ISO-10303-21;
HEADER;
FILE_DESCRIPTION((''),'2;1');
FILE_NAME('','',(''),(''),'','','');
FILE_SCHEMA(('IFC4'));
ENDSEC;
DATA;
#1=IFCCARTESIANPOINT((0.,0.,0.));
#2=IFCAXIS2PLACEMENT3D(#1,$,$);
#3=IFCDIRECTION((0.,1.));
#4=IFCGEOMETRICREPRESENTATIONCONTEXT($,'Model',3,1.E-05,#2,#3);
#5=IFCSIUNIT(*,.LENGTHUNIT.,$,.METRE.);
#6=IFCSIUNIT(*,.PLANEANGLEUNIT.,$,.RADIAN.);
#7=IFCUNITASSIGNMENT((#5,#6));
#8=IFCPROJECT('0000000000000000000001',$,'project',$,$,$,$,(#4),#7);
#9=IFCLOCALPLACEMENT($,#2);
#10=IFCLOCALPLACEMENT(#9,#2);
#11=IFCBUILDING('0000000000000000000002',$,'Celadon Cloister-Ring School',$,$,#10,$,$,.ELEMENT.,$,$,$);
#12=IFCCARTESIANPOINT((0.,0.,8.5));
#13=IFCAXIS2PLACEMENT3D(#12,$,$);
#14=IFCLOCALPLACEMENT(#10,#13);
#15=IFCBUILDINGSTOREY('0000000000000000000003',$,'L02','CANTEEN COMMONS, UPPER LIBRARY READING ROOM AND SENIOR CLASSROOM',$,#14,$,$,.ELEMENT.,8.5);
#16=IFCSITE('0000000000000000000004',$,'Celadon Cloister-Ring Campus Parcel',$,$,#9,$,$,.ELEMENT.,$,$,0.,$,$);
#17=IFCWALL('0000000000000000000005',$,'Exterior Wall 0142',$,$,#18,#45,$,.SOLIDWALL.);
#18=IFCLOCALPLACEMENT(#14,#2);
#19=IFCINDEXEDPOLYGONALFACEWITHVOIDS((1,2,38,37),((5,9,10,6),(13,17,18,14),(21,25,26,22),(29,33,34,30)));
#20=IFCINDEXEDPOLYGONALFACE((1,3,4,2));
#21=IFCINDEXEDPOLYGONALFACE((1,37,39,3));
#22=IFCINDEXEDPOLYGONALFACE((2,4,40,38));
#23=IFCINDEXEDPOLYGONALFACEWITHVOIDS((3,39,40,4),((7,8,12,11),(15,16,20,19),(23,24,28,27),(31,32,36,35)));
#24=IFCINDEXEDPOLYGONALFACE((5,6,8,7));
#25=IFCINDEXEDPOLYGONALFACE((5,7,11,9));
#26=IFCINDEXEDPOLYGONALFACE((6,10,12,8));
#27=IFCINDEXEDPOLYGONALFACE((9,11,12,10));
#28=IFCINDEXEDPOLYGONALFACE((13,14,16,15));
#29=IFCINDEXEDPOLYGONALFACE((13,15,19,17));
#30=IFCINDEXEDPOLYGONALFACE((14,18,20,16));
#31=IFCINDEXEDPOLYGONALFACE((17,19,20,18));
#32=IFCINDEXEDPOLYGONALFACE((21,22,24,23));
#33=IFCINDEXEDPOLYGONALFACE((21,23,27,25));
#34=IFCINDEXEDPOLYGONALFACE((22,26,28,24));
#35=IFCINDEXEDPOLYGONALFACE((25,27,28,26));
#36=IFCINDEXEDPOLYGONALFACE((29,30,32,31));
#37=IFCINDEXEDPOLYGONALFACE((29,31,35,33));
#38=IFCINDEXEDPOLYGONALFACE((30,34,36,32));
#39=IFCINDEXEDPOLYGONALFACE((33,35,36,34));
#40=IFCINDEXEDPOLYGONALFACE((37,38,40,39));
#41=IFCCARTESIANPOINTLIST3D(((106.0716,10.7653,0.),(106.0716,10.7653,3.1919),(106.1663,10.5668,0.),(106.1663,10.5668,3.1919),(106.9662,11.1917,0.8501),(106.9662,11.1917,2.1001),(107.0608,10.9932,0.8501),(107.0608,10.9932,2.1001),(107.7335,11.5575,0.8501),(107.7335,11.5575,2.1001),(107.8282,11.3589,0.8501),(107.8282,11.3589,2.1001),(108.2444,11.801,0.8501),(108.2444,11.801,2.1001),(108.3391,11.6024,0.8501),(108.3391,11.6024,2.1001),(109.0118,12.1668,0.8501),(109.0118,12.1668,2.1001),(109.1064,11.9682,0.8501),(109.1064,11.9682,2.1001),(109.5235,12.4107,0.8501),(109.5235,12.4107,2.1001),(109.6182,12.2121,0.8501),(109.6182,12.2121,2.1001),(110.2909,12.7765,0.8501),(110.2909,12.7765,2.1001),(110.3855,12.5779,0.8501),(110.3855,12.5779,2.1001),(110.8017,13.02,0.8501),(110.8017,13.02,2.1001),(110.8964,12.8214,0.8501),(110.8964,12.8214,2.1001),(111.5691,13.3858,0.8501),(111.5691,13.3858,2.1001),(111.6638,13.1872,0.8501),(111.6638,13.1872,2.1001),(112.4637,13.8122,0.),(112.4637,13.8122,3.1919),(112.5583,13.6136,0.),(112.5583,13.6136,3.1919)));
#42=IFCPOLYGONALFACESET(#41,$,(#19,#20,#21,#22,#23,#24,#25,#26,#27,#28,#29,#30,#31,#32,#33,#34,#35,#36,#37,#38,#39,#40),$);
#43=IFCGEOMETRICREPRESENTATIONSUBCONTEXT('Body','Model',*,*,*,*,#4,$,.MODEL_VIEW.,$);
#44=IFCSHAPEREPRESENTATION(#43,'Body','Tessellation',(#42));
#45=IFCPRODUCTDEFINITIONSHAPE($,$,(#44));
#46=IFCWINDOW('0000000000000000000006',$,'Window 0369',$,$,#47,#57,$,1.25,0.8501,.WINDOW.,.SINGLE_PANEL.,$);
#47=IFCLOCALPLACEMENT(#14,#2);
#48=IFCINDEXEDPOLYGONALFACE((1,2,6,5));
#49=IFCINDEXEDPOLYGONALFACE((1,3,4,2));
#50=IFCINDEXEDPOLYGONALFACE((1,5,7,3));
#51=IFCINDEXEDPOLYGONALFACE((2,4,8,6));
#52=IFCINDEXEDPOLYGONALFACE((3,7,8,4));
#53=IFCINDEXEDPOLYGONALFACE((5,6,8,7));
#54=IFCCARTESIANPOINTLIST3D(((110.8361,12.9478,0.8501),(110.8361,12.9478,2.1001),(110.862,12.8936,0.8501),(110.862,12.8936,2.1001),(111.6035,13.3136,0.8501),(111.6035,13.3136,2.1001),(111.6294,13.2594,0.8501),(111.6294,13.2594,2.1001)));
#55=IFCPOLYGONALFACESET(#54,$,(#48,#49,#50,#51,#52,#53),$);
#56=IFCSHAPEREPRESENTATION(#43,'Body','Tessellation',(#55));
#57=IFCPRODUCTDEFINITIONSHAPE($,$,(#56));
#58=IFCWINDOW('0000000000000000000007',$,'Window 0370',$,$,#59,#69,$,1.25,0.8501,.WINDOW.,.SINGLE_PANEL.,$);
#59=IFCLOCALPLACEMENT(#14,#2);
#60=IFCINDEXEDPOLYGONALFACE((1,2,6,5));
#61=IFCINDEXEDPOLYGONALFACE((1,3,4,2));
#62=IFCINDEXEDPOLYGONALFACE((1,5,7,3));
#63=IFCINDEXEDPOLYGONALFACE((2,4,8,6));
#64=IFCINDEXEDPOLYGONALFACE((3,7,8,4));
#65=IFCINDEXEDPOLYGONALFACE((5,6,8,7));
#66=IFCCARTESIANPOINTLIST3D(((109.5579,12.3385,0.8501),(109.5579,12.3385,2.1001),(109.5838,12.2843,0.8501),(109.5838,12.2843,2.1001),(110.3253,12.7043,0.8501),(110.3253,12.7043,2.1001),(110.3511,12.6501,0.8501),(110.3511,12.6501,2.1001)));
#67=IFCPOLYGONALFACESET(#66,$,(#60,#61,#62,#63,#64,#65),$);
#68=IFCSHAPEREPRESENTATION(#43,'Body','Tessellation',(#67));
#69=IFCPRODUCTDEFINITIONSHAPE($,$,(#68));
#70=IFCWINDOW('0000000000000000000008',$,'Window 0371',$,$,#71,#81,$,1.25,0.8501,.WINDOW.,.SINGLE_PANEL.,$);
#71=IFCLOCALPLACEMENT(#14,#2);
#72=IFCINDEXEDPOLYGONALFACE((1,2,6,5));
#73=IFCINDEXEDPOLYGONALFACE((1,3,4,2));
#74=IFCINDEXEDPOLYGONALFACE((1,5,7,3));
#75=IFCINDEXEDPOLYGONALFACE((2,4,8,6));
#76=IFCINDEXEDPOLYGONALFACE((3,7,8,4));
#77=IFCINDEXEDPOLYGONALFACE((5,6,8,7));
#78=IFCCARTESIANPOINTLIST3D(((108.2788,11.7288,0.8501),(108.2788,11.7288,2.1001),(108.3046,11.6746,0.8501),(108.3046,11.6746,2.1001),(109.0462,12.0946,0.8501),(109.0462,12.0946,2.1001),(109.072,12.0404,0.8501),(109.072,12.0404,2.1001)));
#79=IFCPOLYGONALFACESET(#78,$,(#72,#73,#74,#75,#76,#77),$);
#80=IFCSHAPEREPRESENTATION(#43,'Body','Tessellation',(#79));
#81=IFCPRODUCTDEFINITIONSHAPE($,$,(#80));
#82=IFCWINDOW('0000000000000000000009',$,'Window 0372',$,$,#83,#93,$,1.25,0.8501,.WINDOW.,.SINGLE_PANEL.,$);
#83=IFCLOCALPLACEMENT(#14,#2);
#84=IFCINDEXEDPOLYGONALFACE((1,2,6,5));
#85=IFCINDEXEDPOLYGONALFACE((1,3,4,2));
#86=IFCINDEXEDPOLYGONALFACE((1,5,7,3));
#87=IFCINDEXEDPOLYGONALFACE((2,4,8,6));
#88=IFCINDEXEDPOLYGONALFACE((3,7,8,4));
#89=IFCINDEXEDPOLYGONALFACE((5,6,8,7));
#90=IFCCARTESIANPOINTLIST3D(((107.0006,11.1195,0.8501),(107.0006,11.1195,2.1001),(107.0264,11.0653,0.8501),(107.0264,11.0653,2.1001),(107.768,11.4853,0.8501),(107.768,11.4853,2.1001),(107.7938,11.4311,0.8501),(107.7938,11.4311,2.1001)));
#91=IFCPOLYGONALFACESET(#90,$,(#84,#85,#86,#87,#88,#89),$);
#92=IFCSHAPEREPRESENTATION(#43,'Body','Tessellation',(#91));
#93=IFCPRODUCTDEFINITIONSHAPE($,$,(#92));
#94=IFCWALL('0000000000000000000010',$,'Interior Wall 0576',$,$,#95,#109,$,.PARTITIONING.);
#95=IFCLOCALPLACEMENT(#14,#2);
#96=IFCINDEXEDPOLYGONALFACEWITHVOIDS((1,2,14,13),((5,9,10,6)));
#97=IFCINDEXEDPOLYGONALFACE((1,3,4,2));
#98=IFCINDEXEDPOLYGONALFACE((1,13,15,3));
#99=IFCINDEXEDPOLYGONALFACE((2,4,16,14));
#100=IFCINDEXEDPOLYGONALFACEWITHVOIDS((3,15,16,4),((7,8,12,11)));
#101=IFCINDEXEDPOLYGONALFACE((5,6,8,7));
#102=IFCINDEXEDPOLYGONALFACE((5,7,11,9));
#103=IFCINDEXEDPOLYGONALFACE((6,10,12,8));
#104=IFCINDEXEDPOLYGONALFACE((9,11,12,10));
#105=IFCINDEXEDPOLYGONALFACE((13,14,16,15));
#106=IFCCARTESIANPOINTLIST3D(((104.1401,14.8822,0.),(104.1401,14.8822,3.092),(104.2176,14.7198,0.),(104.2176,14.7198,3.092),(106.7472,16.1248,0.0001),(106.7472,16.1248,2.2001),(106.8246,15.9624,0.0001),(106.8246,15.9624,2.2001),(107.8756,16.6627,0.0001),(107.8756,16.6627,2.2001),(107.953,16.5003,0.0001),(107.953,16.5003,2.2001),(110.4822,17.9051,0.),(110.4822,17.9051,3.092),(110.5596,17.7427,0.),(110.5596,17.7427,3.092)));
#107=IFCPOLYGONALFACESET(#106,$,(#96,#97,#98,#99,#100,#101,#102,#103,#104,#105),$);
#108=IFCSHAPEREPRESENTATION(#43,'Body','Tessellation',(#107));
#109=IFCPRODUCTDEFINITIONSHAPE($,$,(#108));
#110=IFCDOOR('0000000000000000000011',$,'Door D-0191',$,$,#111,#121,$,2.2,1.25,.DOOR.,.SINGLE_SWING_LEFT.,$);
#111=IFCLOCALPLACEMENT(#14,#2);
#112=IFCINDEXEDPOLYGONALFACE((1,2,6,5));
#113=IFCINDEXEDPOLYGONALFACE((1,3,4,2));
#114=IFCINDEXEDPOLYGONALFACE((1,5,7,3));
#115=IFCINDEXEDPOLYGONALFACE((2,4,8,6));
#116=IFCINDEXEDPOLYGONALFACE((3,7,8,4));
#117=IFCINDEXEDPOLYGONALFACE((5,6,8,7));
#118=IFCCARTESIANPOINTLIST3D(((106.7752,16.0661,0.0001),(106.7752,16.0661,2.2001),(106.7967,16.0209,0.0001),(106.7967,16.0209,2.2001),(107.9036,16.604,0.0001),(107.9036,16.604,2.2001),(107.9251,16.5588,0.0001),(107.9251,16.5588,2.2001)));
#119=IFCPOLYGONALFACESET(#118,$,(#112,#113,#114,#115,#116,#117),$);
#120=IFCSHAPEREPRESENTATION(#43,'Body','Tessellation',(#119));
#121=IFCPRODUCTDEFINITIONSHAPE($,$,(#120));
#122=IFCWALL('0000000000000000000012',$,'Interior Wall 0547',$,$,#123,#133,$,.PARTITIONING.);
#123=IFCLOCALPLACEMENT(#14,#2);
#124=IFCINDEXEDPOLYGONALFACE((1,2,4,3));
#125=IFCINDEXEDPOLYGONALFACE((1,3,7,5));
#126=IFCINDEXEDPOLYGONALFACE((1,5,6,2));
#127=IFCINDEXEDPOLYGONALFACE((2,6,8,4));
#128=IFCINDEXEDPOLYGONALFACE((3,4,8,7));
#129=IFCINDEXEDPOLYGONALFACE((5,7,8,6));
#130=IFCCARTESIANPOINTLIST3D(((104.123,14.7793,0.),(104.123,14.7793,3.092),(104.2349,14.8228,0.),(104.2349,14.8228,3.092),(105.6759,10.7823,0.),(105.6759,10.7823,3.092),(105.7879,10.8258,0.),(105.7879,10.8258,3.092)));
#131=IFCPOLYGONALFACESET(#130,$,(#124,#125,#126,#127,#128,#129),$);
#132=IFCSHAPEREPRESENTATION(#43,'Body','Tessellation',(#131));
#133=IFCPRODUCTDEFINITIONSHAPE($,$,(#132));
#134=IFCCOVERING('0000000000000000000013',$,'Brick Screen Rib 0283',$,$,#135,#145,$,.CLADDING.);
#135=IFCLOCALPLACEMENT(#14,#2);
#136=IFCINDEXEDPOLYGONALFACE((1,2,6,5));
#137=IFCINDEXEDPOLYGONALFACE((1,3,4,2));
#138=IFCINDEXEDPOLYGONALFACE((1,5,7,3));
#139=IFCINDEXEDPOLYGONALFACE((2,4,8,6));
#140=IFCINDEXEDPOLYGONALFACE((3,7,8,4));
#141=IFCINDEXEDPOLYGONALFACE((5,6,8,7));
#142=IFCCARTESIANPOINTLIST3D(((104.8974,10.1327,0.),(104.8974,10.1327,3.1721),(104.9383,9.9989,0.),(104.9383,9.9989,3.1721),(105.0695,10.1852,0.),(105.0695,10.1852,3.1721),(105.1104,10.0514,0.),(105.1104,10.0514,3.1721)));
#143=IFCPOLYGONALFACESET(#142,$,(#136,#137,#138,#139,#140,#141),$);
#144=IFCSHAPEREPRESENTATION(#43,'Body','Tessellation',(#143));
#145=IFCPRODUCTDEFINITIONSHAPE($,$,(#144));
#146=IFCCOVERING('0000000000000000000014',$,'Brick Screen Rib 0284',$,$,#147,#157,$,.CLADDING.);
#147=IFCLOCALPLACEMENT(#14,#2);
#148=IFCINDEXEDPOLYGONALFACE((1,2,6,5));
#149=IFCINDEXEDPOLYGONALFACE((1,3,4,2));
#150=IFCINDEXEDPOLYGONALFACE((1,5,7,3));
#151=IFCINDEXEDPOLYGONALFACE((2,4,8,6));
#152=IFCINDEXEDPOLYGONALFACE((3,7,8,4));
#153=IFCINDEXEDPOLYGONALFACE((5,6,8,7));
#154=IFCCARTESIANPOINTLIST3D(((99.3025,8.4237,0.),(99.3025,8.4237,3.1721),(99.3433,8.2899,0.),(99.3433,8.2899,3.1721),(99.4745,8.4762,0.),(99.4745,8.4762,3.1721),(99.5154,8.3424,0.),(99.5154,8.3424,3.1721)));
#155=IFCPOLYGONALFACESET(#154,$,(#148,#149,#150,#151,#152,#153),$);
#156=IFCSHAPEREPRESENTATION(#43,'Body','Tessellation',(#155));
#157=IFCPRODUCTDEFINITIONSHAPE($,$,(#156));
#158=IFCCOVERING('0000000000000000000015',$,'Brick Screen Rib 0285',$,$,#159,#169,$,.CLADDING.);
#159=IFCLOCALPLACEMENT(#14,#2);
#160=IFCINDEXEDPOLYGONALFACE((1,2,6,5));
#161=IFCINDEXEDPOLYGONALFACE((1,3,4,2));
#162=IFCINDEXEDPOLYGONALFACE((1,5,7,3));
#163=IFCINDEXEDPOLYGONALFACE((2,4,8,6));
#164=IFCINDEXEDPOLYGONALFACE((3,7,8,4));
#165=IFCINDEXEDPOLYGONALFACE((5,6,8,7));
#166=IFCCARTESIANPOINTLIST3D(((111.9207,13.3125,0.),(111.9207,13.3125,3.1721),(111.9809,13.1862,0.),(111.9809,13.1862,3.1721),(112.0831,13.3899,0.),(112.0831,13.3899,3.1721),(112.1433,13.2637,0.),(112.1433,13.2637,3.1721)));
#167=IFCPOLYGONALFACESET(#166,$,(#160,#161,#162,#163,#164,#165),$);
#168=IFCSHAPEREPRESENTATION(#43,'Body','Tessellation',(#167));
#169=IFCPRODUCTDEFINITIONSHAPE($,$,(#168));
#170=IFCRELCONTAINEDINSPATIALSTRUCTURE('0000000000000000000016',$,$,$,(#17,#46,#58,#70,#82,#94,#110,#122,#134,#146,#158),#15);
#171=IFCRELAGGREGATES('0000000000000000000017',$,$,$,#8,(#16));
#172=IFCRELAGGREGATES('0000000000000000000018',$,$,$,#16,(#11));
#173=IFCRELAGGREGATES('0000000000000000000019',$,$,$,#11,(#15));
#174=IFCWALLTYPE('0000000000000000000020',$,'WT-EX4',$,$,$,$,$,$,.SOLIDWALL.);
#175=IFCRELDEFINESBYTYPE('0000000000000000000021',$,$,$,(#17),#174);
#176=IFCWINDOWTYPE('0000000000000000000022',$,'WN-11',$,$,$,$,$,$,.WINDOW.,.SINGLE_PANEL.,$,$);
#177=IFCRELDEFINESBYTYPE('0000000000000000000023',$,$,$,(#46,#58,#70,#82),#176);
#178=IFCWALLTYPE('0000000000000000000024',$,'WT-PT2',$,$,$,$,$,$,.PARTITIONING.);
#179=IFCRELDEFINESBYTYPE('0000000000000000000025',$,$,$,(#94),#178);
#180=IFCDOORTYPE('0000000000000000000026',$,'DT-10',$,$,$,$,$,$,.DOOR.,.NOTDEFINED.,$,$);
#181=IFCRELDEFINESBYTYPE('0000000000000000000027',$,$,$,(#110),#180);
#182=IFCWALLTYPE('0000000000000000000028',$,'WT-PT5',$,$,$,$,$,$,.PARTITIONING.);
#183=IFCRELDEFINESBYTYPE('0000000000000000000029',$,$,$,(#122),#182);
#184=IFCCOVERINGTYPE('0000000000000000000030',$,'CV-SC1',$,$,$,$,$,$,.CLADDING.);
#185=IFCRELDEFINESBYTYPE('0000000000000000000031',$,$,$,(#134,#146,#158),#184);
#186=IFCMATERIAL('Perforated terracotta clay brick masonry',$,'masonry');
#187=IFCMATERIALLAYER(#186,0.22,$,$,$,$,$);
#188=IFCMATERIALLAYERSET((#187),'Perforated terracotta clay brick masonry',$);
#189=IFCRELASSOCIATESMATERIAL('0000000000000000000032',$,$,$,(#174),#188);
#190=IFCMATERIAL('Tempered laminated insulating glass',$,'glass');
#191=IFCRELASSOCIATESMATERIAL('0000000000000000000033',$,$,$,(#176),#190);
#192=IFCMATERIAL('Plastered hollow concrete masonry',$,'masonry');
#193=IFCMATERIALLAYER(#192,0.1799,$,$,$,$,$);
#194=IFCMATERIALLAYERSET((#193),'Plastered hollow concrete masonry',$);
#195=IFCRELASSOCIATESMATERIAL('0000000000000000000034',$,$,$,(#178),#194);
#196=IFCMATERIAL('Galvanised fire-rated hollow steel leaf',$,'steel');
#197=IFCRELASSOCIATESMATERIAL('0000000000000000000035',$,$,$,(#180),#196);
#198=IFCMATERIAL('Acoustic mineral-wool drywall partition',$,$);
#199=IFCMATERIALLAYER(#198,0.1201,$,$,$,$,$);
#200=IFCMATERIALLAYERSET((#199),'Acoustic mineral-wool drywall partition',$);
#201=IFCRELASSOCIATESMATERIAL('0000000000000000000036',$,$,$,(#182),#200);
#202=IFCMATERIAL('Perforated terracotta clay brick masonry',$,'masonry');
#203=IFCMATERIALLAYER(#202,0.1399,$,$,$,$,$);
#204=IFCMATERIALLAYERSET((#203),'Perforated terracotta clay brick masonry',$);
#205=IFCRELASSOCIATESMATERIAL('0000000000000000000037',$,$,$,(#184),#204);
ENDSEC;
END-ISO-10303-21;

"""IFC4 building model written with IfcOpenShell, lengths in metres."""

from ifc_helpers import new_model, si_unit, direction, frame, frame_2d, origin, origin_2d, place, context, subcontext, project, spatial, rectangle, extrude, material, layer, layer_set, type_object, element, fill, save


model = new_model("IFC4")

# Units and contexts
model_context = context("Model", 3, precision=1e-05, world=origin(), true_north=direction((0.0, 1.0)))
body_context = subcontext(model_context, "Body", "Model", "MODEL_VIEW")
ifc_project = project(units=[si_unit("LENGTHUNIT", "METRE"), si_unit("PLANEANGLEUNIT", "RADIAN")], contexts=[model_context])

# Site, building, storey
site_placement = place(None, origin())
site = spatial("IfcSite", under=ifc_project, at=site_placement, Name="Celadon Cloister-Ring Campus Parcel", CompositionType="ELEMENT", RefElevation=0.0)
building_placement = place(site_placement, origin())
building = spatial("IfcBuilding", under=site, at=building_placement, Name="Celadon Cloister-Ring School", CompositionType="ELEMENT")
storey_placement = place(building_placement, frame((0.0, 0.0, 8.5)))
storey = spatial("IfcBuildingStorey", under=building, at=storey_placement, Name="L02", Description="CANTEEN COMMONS, UPPER LIBRARY READING ROOM AND SENIOR CLASSROOM", CompositionType="ELEMENT", Elevation=8.5)

# Wall, openings, windows
ifc_material_1 = material(Name="Perforated terracotta clay brick masonry", Category="masonry")
ifc_layer_1 = layer(ifc_material_1, 0.22)
ifc_layer_set_1 = layer_set([ifc_layer_1], Name="Perforated terracotta clay brick masonry")
wall_type_1 = type_object("IfcWallType", Name="WT-EX4", PredefinedType="SOLIDWALL", material=ifc_layer_set_1)
ifc_material_2 = material(Name="Tempered laminated insulating glass", Category="glass")
window_type = type_object("IfcWindowType", Name="WN-11", PartitioningType="SINGLE_PANEL", PredefinedType="WINDOW", material=ifc_material_2)
wall_1_placement = place(storey_placement, frame((112.511, 13.7129, 0.0), z_axis=(0.0, 0.0, 1.0), x_axis=(-0.902695, -0.430282, 0.0)))
wall_1 = element("IfcWall", 1, at=wall_1_placement, inside=storey, type_object=wall_type_1, Name="Exterior Wall 0142", PredefinedType="SOLIDWALL", context=body_context, shape_type="SweptSolid", body=[
    extrude(rectangle(XDim=7.0811, YDim=0.22, at=frame_2d((3.5405, 0.0))), origin(), (0.0, 0.0, 1.0), 3.1919),
])
opening_1_placement = place(wall_1_placement, frame((0.991, 0.0, 0.8501)))
opening_1 = element("IfcOpeningElement", 2, at=opening_1_placement, cuts=wall_1, PredefinedType="OPENING", context=body_context, shape_type="SweptSolid", body=[
    extrude(rectangle(XDim=0.8501, YDim=1.25, at=frame_2d((0.425, 0.625))), frame((0.0, 0.1201, 0.0), z_axis=(0.0, -1.0, 0.0), x_axis=(1.0, 0.0, 0.0)), (0.0, 0.0, 1.0), 0.24),
])
opening_2_placement = place(wall_1_placement, frame((2.407, 0.0, 0.8501)))
opening_2 = element("IfcOpeningElement", 3, at=opening_2_placement, cuts=wall_1, PredefinedType="OPENING", context=body_context, shape_type="SweptSolid", body=[
    extrude(rectangle(XDim=0.8501, YDim=1.25, at=frame_2d((0.425, 0.625))), frame((0.0, 0.1201, 0.0), z_axis=(0.0, -1.0, 0.0), x_axis=(1.0, 0.0, 0.0)), (0.0, 0.0, 1.0), 0.24),
])
opening_3_placement = place(wall_1_placement, frame((3.824, 0.0, 0.8501)))
opening_3 = element("IfcOpeningElement", 4, at=opening_3_placement, cuts=wall_1, PredefinedType="OPENING", context=body_context, shape_type="SweptSolid", body=[
    extrude(rectangle(XDim=0.8501, YDim=1.25, at=frame_2d((0.425, 0.625))), frame((0.0, 0.1201, 0.0), z_axis=(0.0, -1.0, 0.0), x_axis=(1.0, 0.0, 0.0)), (0.0, 0.0, 1.0), 0.24),
])
opening_4_placement = place(wall_1_placement, frame((5.24, 0.0, 0.8501)))
opening_4 = element("IfcOpeningElement", 5, at=opening_4_placement, cuts=wall_1, PredefinedType="OPENING", context=body_context, shape_type="SweptSolid", body=[
    extrude(rectangle(XDim=0.8501, YDim=1.25, at=frame_2d((0.425, 0.625))), frame((0.0, 0.1201, 0.0), z_axis=(0.0, -1.0, 0.0), x_axis=(1.0, 0.0, 0.0)), (0.0, 0.0, 1.0), 0.24),
])
window_1_placement = place(opening_1_placement, origin())
window_1 = element("IfcWindow", 6, at=window_1_placement, inside=storey, type_object=window_type, Name="Window 0369", OverallHeight=1.25, OverallWidth=0.8501, PartitioningType="SINGLE_PANEL", PredefinedType="WINDOW", context=body_context, shape_type="SweptSolid", body=[
    extrude(rectangle(XDim=0.8501, YDim=1.25, at=frame_2d((0.425, 0.625))), frame((0.0, 0.03, 0.0), z_axis=(0.0, -1.0, 0.0), x_axis=(1.0, 0.0, 0.0)), (0.0, 0.0, 1.0), 0.0601),
])
fill(opening_1, window_1)
window_2_placement = place(opening_2_placement, origin())
window_2 = element("IfcWindow", 7, at=window_2_placement, inside=storey, type_object=window_type, Name="Window 0370", OverallHeight=1.25, OverallWidth=0.8501, PartitioningType="SINGLE_PANEL", PredefinedType="WINDOW", context=body_context, shape_type="SweptSolid", body=[
    extrude(rectangle(XDim=0.8501, YDim=1.25, at=frame_2d((0.425, 0.625))), frame((0.0, 0.03, 0.0), z_axis=(0.0, -1.0, 0.0), x_axis=(1.0, 0.0, 0.0)), (0.0, 0.0, 1.0), 0.0601),
])
fill(opening_2, window_2)
window_3_placement = place(opening_3_placement, origin())
window_3 = element("IfcWindow", 8, at=window_3_placement, inside=storey, type_object=window_type, Name="Window 0371", OverallHeight=1.25, OverallWidth=0.8501, PartitioningType="SINGLE_PANEL", PredefinedType="WINDOW", context=body_context, shape_type="SweptSolid", body=[
    extrude(rectangle(XDim=0.8501, YDim=1.25, at=frame_2d((0.425, 0.625))), frame((0.0, 0.03, 0.0), z_axis=(0.0, -1.0, 0.0), x_axis=(1.0, 0.0, 0.0)), (0.0, 0.0, 1.0), 0.0601),
])
fill(opening_3, window_3)
window_4_placement = place(opening_4_placement, origin())
window_4 = element("IfcWindow", 9, at=window_4_placement, inside=storey, type_object=window_type, Name="Window 0372", OverallHeight=1.25, OverallWidth=0.8501, PartitioningType="SINGLE_PANEL", PredefinedType="WINDOW", context=body_context, shape_type="SweptSolid", body=[
    extrude(rectangle(XDim=0.8501, YDim=1.25, at=frame_2d((0.425, 0.625))), frame((0.0, 0.03, 0.0), z_axis=(0.0, -1.0, 0.0), x_axis=(1.0, 0.0, 0.0)), (0.0, 0.0, 1.0), 0.0601),
])
fill(opening_4, window_4)

# Wall, opening, door
ifc_material_3 = material(Name="Plastered hollow concrete masonry", Category="masonry")
ifc_layer_2 = layer(ifc_material_3, 0.1799)
ifc_layer_set_2 = layer_set([ifc_layer_2], Name="Plastered hollow concrete masonry")
wall_type_2 = type_object("IfcWallType", Name="WT-PT2", PredefinedType="PARTITIONING", material=ifc_layer_set_2)
wall_2_placement = place(storey_placement, frame((104.179, 14.801, 0.0), z_axis=(0.0, 0.0, 1.0), x_axis=(0.902699, 0.430273, 0.0)))
wall_2 = element("IfcWall", 10, at=wall_2_placement, inside=storey, type_object=wall_type_2, Name="Interior Wall 0576", PredefinedType="PARTITIONING", context=body_context, shape_type="SweptSolid", body=[
    extrude(rectangle(XDim=7.0256, YDim=0.1799, at=frame_2d((3.5127, 0.0))), origin(), (0.0, 0.0, 1.0), 3.092),
])
opening_5_placement = place(wall_2_placement, frame((2.8879, 0.0, 0.0)))
opening_5 = element("IfcOpeningElement", 11, at=opening_5_placement, cuts=wall_2, PredefinedType="OPENING", context=body_context, shape_type="SweptSolid", body=[
    extrude(rectangle(XDim=1.25, YDim=2.2, at=frame_2d((0.625, 1.1001))), frame((0.0, 0.1001, 0.0), z_axis=(0.0, -1.0, 0.0), x_axis=(1.0, 0.0, 0.0)), (0.0, 0.0, 1.0), 0.2),
])
ifc_material_4 = material(Name="Galvanised fire-rated hollow steel leaf", Category="steel")
door_type = type_object("IfcDoorType", Name="DT-10", OperationType="NOTDEFINED", PredefinedType="DOOR", material=ifc_material_4)
door_placement = place(opening_5_placement, origin())
door = element("IfcDoor", 12, at=door_placement, inside=storey, type_object=door_type, Name="Door D-0191", OperationType="SINGLE_SWING_LEFT", OverallHeight=2.2, OverallWidth=1.25, PredefinedType="DOOR", context=body_context, shape_type="SweptSolid", body=[
    extrude(rectangle(XDim=1.25, YDim=2.2, at=frame_2d((0.625, 1.1001))), frame((0.0, 0.0249, 0.0), z_axis=(0.0, -1.0, 0.0), x_axis=(1.0, 0.0, 0.0)), (0.0, 0.0, 1.0), 0.05),
])
fill(opening_5, door)

# Wall
ifc_material_5 = material(Name="Acoustic mineral-wool drywall partition")
ifc_layer_3 = layer(ifc_material_5, 0.1201)
ifc_layer_set_3 = layer_set([ifc_layer_3], Name="Acoustic mineral-wool drywall partition")
wall_type_3 = type_object("IfcWallType", Name="WT-PT5", PredefinedType="PARTITIONING", material=ifc_layer_set_3)
wall_3_placement = place(storey_placement, frame((104.179, 14.801, 0.0), z_axis=(0.0, 0.0, 1.0), x_axis=(0.362155, -0.932118, 0.0)))
element("IfcWall", 13, at=wall_3_placement, inside=storey, type_object=wall_type_3, Name="Interior Wall 0547", PredefinedType="PARTITIONING", context=body_context, shape_type="SweptSolid", body=[
    extrude(rectangle(XDim=4.2881, YDim=0.1201, at=frame_2d((2.144, 0.0))), origin(), (0.0, 0.0, 1.0), 3.092),
])

# Coverings
ifc_material_6 = material(Name="Perforated terracotta clay brick masonry", Category="masonry")
ifc_layer_4 = layer(ifc_material_6, 0.1399)
ifc_layer_set_4 = layer_set([ifc_layer_4], Name="Perforated terracotta clay brick masonry")
covering_type = type_object("IfcCoveringType", Name="CV-SC1", PredefinedType="CLADDING", material=ifc_layer_set_4)
for number, where, z_axis, x_axis, name in (
    (14, (105.0039, 10.092, 0.0), (0.0, 0.0, 1.0), (-0.956371, -0.292155, 0.0), "Brick Screen Rib 0283"),
    (15, (99.4089, 8.3831, 0.0), (0.0, 0.0, 1.0), (-0.956371, -0.292155, 0.0), "Brick Screen Rib 0284"),
    (16, (112.032, 13.2881, 0.0), (0.0, 0.0, 1.0), (-0.902683, -0.430306, 0.0), "Brick Screen Rib 0285"),
):
    element("IfcCovering", number, at=place(storey_placement, frame(where, z_axis=z_axis, x_axis=x_axis)), inside=storey, type_object=covering_type, Name=name, PredefinedType="CLADDING", context=body_context, shape_type="SweptSolid", body=[
        extrude(rectangle(XDim=0.1799, YDim=0.1399, at=origin_2d()), origin(), (0.0, 0.0, 1.0), 3.1721),
    ])

save(model, "model.ifc")
